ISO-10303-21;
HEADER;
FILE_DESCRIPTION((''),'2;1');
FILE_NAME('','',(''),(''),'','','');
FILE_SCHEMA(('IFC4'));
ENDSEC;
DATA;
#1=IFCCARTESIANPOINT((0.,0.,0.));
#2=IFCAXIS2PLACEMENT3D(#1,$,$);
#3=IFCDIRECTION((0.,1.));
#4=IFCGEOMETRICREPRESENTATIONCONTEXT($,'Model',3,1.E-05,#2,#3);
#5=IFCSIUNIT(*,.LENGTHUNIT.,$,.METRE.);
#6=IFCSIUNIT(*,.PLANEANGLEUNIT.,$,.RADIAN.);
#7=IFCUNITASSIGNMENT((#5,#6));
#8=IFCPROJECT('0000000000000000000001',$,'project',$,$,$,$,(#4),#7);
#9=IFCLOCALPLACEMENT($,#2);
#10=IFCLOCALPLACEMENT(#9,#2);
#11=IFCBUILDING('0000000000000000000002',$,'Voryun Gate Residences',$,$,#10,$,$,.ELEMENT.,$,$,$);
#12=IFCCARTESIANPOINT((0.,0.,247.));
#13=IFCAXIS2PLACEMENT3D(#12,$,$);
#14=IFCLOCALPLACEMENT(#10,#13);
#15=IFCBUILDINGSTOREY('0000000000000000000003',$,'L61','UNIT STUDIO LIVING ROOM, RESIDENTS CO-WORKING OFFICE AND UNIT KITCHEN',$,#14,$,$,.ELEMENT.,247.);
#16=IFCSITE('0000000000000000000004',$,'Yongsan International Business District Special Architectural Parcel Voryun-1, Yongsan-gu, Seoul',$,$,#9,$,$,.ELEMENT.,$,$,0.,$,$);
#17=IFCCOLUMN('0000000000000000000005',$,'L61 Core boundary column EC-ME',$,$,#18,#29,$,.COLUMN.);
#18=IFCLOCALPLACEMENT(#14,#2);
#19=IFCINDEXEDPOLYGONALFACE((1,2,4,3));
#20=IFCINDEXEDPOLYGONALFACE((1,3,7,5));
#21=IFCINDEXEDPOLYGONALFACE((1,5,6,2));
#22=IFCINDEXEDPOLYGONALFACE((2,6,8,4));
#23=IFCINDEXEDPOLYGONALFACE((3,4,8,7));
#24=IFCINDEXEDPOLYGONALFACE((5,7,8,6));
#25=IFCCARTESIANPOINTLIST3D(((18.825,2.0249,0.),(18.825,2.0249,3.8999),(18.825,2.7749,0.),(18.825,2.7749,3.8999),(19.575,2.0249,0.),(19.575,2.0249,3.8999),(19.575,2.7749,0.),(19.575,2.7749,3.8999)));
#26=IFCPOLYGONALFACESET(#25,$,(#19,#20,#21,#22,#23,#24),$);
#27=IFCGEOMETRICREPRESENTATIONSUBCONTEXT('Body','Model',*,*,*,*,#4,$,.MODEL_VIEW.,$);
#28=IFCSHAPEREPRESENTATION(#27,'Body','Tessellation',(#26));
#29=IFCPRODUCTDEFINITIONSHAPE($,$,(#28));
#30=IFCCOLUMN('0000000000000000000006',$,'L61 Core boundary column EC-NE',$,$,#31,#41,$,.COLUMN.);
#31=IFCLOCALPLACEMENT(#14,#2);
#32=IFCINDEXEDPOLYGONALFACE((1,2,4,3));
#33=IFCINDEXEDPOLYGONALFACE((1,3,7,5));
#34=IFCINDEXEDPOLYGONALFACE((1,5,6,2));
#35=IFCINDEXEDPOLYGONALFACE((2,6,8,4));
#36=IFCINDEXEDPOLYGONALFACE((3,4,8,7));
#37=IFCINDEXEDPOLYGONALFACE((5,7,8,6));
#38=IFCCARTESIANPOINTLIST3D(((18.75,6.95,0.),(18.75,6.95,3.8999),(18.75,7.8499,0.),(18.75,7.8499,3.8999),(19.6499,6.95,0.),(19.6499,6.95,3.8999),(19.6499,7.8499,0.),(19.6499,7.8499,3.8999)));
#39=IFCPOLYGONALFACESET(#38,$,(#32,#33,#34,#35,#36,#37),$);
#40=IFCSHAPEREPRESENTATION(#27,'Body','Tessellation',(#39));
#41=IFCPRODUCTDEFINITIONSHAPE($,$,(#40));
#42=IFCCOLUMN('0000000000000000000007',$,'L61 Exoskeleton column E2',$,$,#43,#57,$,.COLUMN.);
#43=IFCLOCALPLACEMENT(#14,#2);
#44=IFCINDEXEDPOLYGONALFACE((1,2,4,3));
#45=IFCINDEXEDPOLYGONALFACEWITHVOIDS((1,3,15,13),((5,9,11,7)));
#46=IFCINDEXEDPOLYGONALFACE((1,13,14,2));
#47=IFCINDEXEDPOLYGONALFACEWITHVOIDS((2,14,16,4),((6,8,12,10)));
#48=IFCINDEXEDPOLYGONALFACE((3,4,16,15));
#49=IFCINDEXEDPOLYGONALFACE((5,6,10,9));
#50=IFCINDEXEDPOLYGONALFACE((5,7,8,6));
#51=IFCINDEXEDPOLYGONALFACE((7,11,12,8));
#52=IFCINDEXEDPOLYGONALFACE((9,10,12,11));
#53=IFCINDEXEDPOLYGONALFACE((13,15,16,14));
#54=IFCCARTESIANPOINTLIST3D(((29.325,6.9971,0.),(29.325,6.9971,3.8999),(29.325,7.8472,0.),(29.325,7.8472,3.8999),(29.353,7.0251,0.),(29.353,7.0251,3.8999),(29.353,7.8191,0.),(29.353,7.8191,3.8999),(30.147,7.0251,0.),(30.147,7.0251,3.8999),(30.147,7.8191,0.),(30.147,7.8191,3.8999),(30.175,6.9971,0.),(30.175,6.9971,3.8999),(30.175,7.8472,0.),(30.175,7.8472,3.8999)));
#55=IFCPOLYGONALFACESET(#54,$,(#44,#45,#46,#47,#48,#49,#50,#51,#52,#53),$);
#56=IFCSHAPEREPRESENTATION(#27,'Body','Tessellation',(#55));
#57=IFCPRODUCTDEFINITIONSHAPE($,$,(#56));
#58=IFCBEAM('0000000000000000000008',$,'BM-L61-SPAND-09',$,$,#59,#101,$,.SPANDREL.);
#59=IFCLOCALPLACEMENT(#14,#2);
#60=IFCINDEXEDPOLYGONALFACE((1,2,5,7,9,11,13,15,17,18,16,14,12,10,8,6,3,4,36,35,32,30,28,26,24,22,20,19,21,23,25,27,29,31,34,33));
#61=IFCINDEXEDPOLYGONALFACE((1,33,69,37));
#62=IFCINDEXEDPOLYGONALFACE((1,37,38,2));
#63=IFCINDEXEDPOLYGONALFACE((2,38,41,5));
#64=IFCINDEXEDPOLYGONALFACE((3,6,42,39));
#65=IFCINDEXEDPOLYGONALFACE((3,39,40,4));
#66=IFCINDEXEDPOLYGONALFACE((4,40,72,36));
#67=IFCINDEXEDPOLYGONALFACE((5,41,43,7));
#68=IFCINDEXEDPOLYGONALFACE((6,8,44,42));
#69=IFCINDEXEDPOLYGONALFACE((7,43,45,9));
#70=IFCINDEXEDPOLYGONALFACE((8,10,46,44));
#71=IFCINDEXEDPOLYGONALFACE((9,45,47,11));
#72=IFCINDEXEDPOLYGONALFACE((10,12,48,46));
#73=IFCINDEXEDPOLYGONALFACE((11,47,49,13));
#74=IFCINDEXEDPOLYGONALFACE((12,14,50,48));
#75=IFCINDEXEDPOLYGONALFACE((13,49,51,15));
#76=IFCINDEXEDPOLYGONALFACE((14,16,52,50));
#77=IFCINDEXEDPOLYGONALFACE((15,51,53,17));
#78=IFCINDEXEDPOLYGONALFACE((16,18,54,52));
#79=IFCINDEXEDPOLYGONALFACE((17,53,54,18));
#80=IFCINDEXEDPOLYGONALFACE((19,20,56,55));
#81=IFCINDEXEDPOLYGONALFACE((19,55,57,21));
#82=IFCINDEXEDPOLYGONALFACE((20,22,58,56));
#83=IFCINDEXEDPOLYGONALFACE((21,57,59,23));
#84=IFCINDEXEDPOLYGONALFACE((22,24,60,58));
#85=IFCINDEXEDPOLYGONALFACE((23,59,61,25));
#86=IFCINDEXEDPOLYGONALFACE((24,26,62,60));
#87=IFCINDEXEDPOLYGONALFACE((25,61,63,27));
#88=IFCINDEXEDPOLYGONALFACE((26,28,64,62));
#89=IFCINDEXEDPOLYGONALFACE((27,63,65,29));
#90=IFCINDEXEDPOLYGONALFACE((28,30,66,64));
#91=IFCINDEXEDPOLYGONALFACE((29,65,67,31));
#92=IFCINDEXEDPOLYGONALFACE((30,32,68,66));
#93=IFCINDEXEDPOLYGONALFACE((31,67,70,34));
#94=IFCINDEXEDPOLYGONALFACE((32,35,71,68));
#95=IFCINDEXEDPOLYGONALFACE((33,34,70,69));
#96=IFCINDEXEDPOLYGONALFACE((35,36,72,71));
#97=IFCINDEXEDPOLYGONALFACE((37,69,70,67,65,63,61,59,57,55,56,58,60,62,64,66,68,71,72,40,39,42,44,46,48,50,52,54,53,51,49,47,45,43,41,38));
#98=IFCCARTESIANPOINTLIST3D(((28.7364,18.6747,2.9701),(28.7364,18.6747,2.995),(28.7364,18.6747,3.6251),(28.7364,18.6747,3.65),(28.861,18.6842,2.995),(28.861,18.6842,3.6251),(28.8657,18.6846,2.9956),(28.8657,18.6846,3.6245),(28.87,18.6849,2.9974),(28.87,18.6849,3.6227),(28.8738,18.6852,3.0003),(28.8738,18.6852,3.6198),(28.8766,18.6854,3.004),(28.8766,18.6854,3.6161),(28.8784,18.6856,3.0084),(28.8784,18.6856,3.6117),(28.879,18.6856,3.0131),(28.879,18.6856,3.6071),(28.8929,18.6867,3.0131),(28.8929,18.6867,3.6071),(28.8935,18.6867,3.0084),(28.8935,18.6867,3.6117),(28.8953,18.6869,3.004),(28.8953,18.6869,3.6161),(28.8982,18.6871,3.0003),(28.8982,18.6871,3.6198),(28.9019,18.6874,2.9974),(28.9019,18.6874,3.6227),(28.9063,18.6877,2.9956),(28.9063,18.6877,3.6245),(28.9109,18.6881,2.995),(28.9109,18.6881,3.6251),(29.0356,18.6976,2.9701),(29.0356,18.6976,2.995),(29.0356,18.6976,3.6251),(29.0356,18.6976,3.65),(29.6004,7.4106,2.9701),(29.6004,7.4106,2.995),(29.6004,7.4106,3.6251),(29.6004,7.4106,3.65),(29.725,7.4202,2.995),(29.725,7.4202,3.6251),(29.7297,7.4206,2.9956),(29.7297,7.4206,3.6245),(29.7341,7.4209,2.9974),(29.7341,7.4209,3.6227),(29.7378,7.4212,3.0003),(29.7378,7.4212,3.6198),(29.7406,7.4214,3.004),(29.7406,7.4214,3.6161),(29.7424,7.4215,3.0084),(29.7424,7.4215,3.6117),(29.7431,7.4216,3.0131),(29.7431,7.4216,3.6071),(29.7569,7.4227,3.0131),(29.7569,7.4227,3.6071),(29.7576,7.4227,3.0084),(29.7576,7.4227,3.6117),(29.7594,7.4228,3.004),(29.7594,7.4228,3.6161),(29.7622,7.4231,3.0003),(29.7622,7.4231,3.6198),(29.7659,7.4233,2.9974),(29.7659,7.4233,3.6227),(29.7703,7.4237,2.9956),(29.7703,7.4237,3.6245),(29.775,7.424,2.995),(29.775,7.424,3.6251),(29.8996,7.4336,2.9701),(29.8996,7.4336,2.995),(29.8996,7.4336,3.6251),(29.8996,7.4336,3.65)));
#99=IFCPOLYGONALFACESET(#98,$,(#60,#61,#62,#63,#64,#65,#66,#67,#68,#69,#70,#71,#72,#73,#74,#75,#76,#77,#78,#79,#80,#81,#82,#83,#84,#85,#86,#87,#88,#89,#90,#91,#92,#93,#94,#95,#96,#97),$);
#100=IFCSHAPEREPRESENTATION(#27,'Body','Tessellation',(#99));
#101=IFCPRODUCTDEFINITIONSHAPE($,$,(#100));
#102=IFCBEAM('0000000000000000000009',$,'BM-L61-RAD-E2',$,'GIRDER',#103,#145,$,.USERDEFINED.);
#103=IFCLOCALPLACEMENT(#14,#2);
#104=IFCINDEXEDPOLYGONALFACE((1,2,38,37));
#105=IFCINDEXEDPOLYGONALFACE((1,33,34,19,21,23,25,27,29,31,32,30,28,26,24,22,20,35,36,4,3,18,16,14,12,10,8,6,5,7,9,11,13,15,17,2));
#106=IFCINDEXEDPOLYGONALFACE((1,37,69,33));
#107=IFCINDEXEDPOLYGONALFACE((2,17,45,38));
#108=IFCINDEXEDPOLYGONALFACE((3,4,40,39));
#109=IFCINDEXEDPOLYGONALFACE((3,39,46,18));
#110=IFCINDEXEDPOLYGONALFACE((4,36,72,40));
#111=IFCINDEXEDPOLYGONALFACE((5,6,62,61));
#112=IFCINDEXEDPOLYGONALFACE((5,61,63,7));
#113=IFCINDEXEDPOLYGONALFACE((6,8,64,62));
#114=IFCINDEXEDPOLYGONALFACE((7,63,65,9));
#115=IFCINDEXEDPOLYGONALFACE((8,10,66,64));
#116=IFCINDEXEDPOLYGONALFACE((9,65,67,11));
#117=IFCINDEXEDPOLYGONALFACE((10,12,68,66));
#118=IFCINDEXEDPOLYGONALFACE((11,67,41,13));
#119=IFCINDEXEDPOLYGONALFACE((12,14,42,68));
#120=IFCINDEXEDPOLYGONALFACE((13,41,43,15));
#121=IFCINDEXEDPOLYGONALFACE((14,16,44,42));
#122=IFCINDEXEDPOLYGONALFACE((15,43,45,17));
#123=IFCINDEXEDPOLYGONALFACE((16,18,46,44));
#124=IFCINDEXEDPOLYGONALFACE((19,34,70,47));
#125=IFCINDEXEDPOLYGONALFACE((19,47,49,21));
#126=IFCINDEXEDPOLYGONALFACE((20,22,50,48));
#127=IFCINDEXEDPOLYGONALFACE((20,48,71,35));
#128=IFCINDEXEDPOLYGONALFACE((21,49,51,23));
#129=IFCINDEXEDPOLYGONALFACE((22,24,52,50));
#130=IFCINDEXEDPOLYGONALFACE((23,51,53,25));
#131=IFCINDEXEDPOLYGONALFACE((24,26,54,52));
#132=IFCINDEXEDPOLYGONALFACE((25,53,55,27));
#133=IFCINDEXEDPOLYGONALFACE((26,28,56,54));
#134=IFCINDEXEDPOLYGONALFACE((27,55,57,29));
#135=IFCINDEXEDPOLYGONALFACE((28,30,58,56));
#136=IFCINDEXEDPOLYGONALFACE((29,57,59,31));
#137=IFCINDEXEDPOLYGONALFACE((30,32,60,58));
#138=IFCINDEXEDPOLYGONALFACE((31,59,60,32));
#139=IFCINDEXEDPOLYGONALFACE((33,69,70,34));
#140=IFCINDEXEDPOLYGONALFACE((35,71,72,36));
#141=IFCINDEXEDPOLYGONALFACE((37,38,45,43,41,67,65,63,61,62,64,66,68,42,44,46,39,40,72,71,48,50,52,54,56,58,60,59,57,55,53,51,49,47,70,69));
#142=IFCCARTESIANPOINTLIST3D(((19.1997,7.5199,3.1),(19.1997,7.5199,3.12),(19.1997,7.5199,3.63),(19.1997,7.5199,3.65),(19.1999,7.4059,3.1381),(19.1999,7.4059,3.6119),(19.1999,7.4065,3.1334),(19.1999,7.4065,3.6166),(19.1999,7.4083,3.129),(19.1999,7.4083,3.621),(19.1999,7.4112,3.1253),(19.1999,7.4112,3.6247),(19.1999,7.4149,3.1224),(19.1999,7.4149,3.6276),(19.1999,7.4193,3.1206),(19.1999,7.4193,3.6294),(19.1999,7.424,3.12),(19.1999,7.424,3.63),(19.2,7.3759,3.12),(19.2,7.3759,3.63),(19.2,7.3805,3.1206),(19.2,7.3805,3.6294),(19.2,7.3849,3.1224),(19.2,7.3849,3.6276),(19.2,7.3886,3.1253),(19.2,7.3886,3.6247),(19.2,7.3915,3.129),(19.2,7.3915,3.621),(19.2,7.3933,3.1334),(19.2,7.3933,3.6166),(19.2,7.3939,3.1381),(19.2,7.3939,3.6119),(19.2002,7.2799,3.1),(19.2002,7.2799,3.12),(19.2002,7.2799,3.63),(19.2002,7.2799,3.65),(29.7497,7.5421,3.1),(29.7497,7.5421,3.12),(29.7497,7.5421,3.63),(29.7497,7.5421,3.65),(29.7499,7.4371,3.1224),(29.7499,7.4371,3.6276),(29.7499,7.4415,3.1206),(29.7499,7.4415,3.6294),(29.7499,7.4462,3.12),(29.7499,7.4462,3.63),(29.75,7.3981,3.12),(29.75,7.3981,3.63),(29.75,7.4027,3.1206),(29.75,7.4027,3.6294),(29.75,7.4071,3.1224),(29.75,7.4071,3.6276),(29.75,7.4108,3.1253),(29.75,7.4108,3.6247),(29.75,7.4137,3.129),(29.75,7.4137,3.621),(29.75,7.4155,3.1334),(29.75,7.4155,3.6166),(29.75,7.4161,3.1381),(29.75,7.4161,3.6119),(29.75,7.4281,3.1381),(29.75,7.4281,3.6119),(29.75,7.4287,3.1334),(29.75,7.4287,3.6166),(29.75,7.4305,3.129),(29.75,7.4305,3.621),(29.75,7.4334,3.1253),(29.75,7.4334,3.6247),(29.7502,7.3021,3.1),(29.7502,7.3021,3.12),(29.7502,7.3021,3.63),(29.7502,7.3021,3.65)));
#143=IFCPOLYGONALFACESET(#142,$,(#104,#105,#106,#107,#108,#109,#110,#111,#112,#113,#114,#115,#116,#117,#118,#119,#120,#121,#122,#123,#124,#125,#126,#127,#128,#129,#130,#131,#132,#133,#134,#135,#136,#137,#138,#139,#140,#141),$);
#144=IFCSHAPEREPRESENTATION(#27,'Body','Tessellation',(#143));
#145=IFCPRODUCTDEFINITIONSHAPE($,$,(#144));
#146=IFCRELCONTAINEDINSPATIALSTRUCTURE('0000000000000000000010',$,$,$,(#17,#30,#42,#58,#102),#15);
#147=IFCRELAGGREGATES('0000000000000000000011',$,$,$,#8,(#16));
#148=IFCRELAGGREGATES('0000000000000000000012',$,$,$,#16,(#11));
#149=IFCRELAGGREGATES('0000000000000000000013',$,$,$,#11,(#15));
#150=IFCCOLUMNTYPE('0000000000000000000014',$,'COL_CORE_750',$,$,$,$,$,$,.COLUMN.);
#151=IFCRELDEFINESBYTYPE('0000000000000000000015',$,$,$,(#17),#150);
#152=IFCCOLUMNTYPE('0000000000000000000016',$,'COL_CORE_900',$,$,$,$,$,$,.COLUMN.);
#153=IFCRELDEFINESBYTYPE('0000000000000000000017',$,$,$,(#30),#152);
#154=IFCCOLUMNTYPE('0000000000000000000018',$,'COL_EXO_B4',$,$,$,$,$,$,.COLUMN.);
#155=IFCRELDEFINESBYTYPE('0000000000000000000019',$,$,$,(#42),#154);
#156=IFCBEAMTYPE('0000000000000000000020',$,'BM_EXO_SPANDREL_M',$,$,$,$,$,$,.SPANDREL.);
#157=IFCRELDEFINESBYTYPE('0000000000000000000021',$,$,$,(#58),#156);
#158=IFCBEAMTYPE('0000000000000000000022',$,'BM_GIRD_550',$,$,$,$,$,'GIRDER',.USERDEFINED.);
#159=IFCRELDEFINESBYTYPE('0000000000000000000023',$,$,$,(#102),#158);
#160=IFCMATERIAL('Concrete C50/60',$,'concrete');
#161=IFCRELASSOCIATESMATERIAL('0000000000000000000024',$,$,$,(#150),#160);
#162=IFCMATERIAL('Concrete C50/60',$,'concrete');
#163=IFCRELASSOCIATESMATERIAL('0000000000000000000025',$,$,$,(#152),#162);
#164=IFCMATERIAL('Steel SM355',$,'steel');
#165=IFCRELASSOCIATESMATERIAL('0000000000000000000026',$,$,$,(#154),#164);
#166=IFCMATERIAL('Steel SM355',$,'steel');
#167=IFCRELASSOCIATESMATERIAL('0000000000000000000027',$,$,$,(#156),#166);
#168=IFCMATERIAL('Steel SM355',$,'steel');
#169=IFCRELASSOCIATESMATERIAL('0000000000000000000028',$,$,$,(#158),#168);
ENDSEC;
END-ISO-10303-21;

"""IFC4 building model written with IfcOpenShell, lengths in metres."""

from ifc_helpers import new_model, si_unit, direction, frame, origin, origin_2d, place, context, subcontext, project, spatial, rectangle, hollow_rectangle, i_section, extrude, material, material_profile, profile_set, type_object, element, save


model = new_model("IFC4")

# Units and contexts
model_context = context("Model", 3, precision=1e-05, world=origin(), true_north=direction((0.0, 1.0)))
body_context = subcontext(model_context, "Body", "Model", "MODEL_VIEW")
ifc_project = project(units=[si_unit("LENGTHUNIT", "METRE"), si_unit("PLANEANGLEUNIT", "RADIAN")], contexts=[model_context])

# Site, building, storey
site_placement = place(None, origin())
site = spatial("IfcSite", under=ifc_project, at=site_placement, Name="Yongsan International Business District Special Architectural Parcel Voryun-1, Yongsan-gu, Seoul", CompositionType="ELEMENT", RefElevation=0.0)
building_placement = place(site_placement, origin())
building = spatial("IfcBuilding", under=site, at=building_placement, Name="Voryun Gate Residences", CompositionType="ELEMENT")
storey_placement = place(building_placement, frame((0.0, 0.0, 247.0)))
storey = spatial("IfcBuildingStorey", under=building, at=storey_placement, Name="L61", Description="UNIT STUDIO LIVING ROOM, RESIDENTS CO-WORKING OFFICE AND UNIT KITCHEN", CompositionType="ELEMENT", Elevation=247.0)

# Columns
ifc_material_1 = material(Name="Concrete C50/60", Category="concrete")
ifc_material_profile_1 = material_profile(ifc_material_1, rectangle(XDim=0.75, YDim=0.75, at=origin_2d()), Name="RC-750x750")
ifc_profile_set_1 = profile_set([ifc_material_profile_1], Name="Concrete C50/60")
column_type_1 = type_object("IfcColumnType", Name="COL_CORE_750", PredefinedType="COLUMN", material=ifc_profile_set_1)
column_1_placement = place(storey_placement, frame((19.2, 2.3999, 0.0), z_axis=(0.0, 0.0, 1.0), x_axis=(1.0, 0.0, 0.0)))
element("IfcColumn", 1, at=column_1_placement, inside=storey, type_object=column_type_1, Name="L61 Core boundary column EC-ME", PredefinedType="COLUMN", context=body_context, shape_type="SweptSolid", body=[
    extrude(rectangle(XDim=0.75, YDim=0.75, at=origin_2d()), origin(), (0.0, 0.0, 1.0), 3.8999),
])
ifc_material_2 = material(Name="Concrete C50/60", Category="concrete")
ifc_material_profile_2 = material_profile(ifc_material_2, rectangle(XDim=0.8999, YDim=0.8999, at=origin_2d()), Name="RC-900x900")
ifc_profile_set_2 = profile_set([ifc_material_profile_2], Name="Concrete C50/60")
column_type_2 = type_object("IfcColumnType", Name="COL_CORE_900", PredefinedType="COLUMN", material=ifc_profile_set_2)
column_2_placement = place(storey_placement, frame((19.2, 7.3999, 0.0), z_axis=(0.0, 0.0, 1.0), x_axis=(1.0, 0.0, 0.0)))
element("IfcColumn", 2, at=column_2_placement, inside=storey, type_object=column_type_2, Name="L61 Core boundary column EC-NE", PredefinedType="COLUMN", context=body_context, shape_type="SweptSolid", body=[
    extrude(rectangle(XDim=0.8999, YDim=0.8999, at=origin_2d()), origin(), (0.0, 0.0, 1.0), 3.8999),
])
ifc_material_3 = material(Name="Steel SM355", Category="steel")
ifc_material_profile_3 = material_profile(ifc_material_3, hollow_rectangle(XDim=0.8501, YDim=0.8501, WallThickness=0.0281, at=origin_2d()), Name="BOX-850x850x28")
ifc_profile_set_3 = profile_set([ifc_material_profile_3], Name="Steel SM355")
column_type_3 = type_object("IfcColumnType", Name="COL_EXO_B4", PredefinedType="COLUMN", material=ifc_profile_set_3)
column_3_placement = place(storey_placement, frame((29.75, 7.4221, 0.0), z_axis=(0.0, 0.0, 1.0), x_axis=(1.0, 0.0, 0.0)))
element("IfcColumn", 3, at=column_3_placement, inside=storey, type_object=column_type_3, Name="L61 Exoskeleton column E2", PredefinedType="COLUMN", context=body_context, shape_type="SweptSolid", body=[
    extrude(hollow_rectangle(XDim=0.8501, YDim=0.8501, WallThickness=0.0281, at=origin_2d()), origin(), (0.0, 0.0, 1.0), 3.8999),
])

# Beams
ifc_material_4 = material(Name="Steel SM355", Category="steel")
ifc_material_profile_4 = material_profile(ifc_material_4, i_section(OverallWidth=0.3, OverallDepth=0.6799, WebThickness=0.0139, FlangeThickness=0.0249, FilletRadius=0.0181, at=origin_2d()), Name="H-680x300x14x25")
ifc_profile_set_4 = profile_set([ifc_material_profile_4], Name="Steel SM355")
beam_type_1 = type_object("IfcBeamType", Name="BM_EXO_SPANDREL_M", PredefinedType="SPANDREL", material=ifc_profile_set_4)
beam_1_placement = place(storey_placement, frame((29.75, 7.4221, 3.3101), z_axis=(-0.076482, 0.997071, 0.0), x_axis=(-0.997071, -0.076482, 0.0)))
element("IfcBeam", 4, at=beam_1_placement, inside=storey, type_object=beam_type_1, Name="BM-L61-SPAND-09", PredefinedType="SPANDREL", context=body_context, shape_type="SweptSolid", body=[
    extrude(i_section(OverallWidth=0.3, OverallDepth=0.6799, WebThickness=0.0139, FlangeThickness=0.0249, FilletRadius=0.0181, at=origin_2d()), origin(), (0.0, 0.0, 1.0), 11.2971),
])
ifc_material_5 = material(Name="Steel SM355", Category="steel")
ifc_material_profile_5 = material_profile(ifc_material_5, i_section(OverallWidth=0.24, OverallDepth=0.55, WebThickness=0.012, FlangeThickness=0.02, FilletRadius=0.0181, at=origin_2d()), Name="H-550x240x12x20")
ifc_profile_set_5 = profile_set([ifc_material_profile_5], Name="Steel SM355")
beam_type_2 = type_object("IfcBeamType", Name="BM_GIRD_550", ElementType="GIRDER", PredefinedType="USERDEFINED", material=ifc_profile_set_5)
beam_2_placement = place(storey_placement, frame((19.2, 7.3999, 3.375), z_axis=(0.999998, 0.002106, 0.0), x_axis=(-0.002106, 0.999998, 0.0)))
element("IfcBeam", 5, at=beam_2_placement, inside=storey, type_object=beam_type_2, Name="BM-L61-RAD-E2", ObjectType="GIRDER", PredefinedType="USERDEFINED", context=body_context, shape_type="SweptSolid", body=[
    extrude(i_section(OverallWidth=0.24, OverallDepth=0.55, WebThickness=0.012, FlangeThickness=0.02, FilletRadius=0.0181, at=origin_2d()), origin(), (0.0, 0.0, 1.0), 10.55),
])

save(model, "model.ifc")
